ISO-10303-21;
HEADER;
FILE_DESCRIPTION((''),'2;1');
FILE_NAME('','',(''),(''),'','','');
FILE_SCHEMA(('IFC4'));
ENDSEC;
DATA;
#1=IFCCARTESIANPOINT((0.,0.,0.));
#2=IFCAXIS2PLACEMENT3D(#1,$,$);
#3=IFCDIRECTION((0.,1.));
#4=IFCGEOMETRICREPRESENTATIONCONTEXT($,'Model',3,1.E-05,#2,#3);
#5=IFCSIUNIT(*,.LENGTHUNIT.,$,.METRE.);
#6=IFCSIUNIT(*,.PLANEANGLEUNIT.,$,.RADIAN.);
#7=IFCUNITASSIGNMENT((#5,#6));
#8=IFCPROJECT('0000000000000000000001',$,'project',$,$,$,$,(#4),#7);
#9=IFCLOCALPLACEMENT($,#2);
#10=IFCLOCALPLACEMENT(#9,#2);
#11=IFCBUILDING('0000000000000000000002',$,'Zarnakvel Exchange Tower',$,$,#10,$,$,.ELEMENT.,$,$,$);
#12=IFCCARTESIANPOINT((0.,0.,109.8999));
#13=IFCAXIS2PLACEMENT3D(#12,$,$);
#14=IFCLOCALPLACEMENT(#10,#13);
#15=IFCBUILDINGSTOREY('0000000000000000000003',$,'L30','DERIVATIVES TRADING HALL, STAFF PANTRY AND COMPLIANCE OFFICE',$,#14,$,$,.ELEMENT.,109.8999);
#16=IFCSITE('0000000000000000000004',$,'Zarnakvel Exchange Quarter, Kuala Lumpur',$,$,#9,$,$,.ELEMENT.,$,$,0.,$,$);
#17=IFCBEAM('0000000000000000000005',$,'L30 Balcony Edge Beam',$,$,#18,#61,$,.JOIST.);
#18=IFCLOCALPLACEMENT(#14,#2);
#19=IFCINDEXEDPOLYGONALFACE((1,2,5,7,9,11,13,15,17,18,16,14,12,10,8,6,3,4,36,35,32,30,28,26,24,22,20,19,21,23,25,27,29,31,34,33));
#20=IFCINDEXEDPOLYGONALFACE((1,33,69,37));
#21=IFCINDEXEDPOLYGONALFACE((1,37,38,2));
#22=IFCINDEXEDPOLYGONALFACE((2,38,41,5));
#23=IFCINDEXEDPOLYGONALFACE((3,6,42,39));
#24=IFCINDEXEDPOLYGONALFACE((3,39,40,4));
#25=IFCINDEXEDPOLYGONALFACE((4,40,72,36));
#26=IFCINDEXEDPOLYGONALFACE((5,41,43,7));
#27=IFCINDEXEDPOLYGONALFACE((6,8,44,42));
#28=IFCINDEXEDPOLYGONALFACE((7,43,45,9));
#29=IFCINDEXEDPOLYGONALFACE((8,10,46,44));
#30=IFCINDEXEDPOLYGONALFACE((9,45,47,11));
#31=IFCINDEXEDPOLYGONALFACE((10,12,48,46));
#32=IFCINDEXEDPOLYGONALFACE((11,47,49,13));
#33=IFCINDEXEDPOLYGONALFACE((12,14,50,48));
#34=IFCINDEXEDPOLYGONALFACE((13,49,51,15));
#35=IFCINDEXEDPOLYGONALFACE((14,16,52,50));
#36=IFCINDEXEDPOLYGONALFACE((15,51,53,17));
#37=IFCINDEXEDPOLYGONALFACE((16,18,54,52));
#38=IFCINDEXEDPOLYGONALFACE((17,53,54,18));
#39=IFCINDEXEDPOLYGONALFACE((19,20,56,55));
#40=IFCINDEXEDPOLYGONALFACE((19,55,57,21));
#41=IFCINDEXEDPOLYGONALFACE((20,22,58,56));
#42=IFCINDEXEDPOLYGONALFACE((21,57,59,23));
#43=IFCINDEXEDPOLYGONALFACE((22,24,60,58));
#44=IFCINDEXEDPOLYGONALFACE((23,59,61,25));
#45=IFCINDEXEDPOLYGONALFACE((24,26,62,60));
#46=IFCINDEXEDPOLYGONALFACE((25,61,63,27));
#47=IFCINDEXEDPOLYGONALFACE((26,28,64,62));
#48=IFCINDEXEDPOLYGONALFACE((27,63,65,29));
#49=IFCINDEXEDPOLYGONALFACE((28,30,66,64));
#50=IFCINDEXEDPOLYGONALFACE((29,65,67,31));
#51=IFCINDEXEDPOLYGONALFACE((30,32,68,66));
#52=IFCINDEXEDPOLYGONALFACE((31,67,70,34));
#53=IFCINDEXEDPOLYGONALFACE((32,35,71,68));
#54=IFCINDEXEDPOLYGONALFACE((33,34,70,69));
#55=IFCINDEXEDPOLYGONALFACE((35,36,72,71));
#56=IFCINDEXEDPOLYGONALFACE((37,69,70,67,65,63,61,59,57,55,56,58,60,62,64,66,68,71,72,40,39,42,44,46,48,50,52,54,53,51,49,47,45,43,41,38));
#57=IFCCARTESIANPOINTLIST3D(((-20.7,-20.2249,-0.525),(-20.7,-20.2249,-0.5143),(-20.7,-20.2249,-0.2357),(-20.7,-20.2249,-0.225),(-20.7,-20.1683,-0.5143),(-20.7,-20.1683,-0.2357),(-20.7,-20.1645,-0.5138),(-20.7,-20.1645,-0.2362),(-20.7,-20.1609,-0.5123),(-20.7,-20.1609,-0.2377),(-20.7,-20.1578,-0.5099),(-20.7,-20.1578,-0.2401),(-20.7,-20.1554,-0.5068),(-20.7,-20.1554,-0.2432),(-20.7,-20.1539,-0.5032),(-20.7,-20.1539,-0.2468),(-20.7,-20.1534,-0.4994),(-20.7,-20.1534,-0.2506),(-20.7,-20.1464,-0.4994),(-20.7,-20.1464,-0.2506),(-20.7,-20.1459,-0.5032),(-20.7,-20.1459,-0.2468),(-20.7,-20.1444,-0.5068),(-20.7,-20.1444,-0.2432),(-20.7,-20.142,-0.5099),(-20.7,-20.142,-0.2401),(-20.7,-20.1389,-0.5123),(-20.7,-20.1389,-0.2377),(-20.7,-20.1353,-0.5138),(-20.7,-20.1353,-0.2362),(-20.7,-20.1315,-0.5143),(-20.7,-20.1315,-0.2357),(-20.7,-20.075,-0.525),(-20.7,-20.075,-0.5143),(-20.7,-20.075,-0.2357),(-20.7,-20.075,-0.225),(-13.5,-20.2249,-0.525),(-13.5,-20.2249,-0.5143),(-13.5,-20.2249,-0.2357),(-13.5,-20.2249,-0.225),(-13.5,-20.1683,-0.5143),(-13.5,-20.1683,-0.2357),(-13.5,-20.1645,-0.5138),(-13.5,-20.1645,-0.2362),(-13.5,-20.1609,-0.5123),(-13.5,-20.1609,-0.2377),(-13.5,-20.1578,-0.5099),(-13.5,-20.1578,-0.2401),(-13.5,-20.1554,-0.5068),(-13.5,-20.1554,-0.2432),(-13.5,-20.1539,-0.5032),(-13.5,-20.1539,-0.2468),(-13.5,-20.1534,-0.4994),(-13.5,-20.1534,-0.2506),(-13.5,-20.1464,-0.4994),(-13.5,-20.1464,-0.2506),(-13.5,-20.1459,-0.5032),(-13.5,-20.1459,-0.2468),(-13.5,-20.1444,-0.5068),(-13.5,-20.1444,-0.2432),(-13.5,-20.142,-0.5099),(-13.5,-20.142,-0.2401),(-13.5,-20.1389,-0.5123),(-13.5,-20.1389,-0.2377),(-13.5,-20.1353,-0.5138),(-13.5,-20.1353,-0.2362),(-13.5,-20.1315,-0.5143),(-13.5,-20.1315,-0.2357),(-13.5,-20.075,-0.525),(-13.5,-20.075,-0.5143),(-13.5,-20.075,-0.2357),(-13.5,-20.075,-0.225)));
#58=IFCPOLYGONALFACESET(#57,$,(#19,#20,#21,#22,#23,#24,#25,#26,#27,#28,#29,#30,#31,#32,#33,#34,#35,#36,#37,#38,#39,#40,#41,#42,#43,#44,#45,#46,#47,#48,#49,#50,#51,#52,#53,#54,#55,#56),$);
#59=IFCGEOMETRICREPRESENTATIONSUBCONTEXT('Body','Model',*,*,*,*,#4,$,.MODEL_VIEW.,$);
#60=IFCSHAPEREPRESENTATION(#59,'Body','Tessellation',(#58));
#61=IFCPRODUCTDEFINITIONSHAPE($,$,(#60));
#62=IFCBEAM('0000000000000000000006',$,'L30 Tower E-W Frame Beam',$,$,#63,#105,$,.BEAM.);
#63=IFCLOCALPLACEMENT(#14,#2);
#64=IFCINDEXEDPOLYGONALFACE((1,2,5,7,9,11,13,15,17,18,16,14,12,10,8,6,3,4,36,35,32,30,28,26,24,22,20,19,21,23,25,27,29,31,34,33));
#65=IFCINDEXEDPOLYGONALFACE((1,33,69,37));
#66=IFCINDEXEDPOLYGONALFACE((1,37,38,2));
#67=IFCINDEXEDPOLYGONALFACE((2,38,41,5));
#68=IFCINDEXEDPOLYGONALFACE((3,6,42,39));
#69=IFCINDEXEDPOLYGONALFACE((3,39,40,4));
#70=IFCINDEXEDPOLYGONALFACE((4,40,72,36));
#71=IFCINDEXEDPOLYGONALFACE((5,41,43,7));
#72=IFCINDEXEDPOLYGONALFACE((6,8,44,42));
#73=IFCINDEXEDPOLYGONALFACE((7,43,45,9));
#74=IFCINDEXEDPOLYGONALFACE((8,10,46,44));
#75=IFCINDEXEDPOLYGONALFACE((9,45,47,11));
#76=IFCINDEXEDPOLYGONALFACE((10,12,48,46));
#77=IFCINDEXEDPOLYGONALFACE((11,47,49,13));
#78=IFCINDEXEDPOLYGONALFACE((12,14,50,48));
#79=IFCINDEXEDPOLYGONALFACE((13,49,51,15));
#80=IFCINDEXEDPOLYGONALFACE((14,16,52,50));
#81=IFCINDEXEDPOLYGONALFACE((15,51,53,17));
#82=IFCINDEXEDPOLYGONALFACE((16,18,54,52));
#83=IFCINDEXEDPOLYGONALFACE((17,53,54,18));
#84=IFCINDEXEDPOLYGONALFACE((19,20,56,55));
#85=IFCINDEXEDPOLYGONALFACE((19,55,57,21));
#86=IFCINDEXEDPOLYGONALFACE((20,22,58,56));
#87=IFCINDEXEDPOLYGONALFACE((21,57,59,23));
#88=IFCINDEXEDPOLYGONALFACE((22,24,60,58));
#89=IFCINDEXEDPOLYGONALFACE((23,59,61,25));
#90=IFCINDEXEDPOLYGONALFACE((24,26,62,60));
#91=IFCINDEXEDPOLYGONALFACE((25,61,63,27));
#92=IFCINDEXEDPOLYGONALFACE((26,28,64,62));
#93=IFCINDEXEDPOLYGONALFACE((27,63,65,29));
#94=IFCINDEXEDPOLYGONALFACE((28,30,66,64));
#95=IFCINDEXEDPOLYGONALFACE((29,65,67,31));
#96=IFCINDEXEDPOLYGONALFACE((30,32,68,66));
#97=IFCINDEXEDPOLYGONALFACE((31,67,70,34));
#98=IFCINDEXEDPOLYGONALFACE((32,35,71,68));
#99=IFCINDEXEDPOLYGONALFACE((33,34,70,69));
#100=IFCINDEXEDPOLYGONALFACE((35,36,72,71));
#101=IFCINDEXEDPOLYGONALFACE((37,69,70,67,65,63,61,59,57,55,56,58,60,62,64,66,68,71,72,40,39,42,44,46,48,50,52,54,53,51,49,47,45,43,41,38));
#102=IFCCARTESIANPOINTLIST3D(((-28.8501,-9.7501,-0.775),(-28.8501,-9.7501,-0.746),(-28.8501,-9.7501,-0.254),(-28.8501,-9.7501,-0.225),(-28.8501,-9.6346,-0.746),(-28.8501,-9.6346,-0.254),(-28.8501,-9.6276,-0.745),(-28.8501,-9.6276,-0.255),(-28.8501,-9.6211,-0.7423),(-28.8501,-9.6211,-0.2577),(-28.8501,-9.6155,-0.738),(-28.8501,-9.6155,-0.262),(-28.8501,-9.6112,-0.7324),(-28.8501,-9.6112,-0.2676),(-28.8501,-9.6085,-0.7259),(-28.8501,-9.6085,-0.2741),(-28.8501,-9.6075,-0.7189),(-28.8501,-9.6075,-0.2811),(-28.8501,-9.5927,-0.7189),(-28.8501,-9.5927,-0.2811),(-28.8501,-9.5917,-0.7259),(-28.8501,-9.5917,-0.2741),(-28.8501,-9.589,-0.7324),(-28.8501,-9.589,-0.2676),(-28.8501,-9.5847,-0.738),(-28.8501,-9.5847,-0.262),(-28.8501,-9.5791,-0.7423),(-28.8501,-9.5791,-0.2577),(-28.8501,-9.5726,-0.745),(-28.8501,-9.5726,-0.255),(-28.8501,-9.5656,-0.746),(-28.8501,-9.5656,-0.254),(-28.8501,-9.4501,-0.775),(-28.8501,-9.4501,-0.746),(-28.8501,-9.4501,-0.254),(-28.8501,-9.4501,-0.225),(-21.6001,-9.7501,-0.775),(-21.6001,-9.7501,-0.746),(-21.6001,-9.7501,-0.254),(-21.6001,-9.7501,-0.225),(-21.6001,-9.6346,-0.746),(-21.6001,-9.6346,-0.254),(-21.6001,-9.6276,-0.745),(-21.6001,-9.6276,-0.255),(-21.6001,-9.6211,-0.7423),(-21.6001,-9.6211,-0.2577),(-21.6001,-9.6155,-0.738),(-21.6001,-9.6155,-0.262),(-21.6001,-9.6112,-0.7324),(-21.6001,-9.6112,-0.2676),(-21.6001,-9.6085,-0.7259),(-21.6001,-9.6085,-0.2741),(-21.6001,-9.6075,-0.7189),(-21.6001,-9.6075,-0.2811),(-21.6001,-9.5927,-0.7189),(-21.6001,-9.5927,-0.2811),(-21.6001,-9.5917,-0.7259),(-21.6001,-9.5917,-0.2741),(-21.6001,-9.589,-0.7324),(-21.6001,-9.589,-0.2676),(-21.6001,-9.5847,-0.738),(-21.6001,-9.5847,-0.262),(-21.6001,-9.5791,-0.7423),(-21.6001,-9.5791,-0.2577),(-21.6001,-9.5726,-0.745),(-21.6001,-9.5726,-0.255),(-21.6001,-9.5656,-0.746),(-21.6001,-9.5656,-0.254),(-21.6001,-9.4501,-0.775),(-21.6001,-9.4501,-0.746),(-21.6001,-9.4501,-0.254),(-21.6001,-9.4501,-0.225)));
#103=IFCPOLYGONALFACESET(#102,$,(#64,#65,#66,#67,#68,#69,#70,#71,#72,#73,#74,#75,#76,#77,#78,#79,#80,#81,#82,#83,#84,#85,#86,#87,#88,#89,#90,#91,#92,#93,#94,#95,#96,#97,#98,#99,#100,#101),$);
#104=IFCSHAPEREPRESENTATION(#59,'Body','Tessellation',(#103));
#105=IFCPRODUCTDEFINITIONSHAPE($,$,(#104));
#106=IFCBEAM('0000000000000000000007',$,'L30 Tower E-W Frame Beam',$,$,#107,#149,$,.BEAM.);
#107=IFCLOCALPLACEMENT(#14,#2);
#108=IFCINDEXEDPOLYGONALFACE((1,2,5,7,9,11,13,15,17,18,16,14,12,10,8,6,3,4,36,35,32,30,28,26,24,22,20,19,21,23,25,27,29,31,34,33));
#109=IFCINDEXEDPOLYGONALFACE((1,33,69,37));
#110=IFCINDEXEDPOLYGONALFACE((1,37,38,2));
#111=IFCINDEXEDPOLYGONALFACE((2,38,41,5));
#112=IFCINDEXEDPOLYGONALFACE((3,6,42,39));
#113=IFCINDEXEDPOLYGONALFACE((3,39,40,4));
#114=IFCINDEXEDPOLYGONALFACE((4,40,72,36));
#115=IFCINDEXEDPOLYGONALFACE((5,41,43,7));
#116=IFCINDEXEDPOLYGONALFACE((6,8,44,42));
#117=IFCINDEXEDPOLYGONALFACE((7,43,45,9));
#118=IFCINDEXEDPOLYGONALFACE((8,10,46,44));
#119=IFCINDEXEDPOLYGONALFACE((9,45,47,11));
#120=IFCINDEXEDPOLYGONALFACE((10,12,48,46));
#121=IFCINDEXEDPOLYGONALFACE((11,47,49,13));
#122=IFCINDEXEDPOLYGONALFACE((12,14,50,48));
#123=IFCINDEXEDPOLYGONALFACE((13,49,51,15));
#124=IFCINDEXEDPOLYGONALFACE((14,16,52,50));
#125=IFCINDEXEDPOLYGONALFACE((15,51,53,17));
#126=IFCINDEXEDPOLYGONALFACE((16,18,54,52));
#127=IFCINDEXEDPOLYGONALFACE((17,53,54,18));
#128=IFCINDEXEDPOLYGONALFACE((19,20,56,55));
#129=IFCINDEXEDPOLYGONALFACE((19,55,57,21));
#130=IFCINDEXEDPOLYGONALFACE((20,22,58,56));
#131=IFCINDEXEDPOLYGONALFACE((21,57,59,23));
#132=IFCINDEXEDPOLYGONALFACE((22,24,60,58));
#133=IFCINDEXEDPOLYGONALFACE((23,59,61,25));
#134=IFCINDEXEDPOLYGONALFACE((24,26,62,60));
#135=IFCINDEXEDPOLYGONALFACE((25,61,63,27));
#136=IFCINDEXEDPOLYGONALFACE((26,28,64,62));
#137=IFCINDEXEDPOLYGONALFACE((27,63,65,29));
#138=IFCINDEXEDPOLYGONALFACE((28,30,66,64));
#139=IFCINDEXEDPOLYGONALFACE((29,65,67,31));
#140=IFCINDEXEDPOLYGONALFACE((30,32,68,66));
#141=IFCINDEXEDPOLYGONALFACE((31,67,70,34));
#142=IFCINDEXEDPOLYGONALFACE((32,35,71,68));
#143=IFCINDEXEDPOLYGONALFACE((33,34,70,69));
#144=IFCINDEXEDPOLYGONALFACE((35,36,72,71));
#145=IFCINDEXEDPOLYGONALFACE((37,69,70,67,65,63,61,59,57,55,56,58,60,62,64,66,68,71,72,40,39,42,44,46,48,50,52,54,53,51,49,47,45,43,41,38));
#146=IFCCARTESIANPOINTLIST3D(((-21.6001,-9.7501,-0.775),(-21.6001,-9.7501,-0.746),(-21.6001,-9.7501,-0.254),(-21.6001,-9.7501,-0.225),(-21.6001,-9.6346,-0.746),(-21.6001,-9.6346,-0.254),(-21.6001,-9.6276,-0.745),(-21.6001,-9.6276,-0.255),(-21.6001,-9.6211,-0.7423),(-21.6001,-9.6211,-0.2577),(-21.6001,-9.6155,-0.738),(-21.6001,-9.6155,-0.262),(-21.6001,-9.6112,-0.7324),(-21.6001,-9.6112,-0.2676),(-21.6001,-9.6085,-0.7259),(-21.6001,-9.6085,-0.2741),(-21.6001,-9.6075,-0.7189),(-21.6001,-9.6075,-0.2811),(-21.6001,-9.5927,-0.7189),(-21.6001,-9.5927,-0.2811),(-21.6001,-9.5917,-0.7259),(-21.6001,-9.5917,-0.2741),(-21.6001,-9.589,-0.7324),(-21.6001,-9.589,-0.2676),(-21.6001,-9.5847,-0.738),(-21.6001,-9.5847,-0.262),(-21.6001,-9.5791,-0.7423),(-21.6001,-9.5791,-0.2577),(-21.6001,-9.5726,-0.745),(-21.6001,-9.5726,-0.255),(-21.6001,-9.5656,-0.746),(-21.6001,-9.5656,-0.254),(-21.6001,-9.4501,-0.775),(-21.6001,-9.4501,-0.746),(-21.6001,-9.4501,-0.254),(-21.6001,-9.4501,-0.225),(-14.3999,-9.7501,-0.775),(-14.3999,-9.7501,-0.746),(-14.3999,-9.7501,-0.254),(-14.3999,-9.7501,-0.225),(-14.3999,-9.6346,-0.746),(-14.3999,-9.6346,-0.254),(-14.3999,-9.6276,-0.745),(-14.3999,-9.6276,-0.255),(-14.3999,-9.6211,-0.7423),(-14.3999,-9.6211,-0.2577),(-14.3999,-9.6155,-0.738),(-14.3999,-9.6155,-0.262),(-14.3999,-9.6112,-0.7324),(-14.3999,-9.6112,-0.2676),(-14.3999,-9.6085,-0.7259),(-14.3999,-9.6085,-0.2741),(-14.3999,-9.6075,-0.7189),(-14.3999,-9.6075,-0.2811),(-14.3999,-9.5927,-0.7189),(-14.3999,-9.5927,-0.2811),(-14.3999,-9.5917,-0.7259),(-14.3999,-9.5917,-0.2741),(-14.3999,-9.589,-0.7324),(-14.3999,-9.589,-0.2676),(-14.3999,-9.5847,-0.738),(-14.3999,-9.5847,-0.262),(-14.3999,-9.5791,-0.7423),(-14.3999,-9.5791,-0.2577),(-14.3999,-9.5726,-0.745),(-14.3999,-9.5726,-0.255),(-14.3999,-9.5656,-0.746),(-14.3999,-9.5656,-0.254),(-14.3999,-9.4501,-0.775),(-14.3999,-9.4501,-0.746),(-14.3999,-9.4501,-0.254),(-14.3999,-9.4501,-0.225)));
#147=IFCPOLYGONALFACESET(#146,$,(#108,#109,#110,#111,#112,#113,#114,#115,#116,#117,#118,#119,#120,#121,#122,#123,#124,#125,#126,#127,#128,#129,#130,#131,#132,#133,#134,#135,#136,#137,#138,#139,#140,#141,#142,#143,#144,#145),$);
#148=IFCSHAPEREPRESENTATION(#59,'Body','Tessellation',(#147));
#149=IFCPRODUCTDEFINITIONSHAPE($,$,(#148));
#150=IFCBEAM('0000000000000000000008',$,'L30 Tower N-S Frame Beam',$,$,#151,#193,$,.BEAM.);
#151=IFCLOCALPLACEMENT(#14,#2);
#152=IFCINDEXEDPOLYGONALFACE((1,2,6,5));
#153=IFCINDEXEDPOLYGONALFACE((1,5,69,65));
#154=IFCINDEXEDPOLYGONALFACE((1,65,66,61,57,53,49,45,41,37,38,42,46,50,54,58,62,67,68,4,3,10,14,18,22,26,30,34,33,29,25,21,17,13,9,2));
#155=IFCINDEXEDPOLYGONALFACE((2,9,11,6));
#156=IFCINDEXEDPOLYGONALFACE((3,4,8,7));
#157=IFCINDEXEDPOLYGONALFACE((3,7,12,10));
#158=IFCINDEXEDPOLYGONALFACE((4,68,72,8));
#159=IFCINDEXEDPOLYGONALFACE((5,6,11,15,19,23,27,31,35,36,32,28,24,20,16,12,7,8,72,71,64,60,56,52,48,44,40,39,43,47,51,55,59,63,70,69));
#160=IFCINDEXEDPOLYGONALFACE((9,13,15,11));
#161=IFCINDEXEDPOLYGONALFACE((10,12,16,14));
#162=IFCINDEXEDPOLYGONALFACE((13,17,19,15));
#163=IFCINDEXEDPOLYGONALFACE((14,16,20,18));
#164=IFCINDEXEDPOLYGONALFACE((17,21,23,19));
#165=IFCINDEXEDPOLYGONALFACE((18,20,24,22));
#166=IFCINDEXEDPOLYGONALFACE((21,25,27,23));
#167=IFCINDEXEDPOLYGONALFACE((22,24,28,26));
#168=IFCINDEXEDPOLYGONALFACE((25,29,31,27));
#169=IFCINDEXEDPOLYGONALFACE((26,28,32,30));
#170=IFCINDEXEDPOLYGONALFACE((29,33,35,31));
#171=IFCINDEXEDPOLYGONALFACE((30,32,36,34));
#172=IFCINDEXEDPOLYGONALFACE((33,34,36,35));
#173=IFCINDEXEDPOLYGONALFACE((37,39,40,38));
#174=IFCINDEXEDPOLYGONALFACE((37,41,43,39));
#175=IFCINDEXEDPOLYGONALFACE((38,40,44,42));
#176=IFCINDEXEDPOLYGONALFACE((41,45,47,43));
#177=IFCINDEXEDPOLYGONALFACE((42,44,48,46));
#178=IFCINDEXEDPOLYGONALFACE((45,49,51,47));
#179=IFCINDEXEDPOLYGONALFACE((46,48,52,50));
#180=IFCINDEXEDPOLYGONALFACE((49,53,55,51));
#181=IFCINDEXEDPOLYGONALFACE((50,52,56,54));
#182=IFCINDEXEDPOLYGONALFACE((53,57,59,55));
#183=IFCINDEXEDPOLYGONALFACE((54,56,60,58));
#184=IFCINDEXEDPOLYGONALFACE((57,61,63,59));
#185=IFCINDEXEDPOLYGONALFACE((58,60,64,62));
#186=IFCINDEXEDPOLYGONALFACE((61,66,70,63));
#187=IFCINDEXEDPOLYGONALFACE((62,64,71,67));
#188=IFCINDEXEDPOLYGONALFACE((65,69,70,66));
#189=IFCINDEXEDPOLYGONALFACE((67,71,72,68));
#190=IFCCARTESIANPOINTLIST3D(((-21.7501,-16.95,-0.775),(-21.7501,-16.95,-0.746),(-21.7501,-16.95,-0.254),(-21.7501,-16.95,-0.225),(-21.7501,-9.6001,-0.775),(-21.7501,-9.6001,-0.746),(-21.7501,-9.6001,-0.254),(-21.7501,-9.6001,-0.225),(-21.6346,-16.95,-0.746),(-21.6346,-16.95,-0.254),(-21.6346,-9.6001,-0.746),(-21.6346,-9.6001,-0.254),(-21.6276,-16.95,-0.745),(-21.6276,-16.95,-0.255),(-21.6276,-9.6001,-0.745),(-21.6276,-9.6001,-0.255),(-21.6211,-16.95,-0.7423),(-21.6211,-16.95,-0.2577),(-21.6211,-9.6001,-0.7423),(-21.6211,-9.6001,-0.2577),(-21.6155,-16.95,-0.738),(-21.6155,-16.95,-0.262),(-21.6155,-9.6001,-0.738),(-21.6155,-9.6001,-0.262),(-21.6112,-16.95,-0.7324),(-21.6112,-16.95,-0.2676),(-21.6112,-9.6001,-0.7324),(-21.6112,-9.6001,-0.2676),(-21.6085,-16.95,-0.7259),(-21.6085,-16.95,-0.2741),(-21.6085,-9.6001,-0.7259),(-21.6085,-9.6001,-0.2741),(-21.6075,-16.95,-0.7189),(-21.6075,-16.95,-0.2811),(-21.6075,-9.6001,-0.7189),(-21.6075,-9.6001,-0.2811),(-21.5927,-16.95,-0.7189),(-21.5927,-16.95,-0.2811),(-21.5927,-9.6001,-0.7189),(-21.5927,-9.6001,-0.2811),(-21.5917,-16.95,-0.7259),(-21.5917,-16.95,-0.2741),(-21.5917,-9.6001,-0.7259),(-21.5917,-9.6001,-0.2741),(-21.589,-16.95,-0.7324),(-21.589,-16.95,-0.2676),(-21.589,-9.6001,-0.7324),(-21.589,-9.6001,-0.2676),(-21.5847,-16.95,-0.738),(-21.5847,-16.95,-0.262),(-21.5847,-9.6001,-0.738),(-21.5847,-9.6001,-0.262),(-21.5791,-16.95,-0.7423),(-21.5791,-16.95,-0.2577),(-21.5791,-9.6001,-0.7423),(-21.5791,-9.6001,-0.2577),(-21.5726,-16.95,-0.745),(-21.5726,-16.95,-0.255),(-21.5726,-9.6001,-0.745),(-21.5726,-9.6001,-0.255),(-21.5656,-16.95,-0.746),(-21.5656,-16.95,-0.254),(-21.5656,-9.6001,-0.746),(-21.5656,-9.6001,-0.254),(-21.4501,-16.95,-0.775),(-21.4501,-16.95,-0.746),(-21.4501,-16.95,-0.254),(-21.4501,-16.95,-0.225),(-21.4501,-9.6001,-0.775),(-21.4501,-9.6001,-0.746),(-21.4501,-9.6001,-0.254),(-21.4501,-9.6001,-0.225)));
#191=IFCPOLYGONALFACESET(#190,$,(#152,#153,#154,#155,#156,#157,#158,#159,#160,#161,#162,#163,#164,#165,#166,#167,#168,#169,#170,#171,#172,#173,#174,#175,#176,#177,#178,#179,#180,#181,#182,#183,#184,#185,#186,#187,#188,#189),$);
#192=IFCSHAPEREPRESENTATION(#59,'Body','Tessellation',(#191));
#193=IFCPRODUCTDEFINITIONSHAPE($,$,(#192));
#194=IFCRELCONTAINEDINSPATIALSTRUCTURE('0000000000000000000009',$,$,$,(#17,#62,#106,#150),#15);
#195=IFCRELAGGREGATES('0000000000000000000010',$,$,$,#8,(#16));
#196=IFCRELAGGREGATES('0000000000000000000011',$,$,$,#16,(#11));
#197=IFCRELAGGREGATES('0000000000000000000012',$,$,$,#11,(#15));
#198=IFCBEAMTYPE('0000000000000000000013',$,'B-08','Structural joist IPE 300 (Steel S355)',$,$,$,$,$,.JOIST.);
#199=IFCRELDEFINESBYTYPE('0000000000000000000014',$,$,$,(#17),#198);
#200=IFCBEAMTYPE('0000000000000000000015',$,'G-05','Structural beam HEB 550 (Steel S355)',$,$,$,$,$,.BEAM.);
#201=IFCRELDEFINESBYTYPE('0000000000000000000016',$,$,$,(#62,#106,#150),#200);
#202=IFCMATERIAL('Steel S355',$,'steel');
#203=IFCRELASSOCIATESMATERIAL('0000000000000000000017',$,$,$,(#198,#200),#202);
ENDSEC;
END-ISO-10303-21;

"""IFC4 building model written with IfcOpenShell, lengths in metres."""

from ifc_helpers import new_model, si_unit, direction, frame, origin, origin_2d, place, context, subcontext, project, spatial, i_section, extrude, material, material_profile, profile_set, type_object, element, save


model = new_model("IFC4")

# Units and contexts
model_context = context("Model", 3, precision=1e-05, world=origin(), true_north=direction((0.0, 1.0)))
body_context = subcontext(model_context, "Body", "Model", "MODEL_VIEW")
ifc_project = project(units=[si_unit("LENGTHUNIT", "METRE"), si_unit("PLANEANGLEUNIT", "RADIAN")], contexts=[model_context])

# Site, building, storey
site_placement = place(None, origin())
site = spatial("IfcSite", under=ifc_project, at=site_placement, Name="Zarnakvel Exchange Quarter, Kuala Lumpur", CompositionType="ELEMENT", RefElevation=0.0)
building_placement = place(site_placement, origin())
building = spatial("IfcBuilding", under=site, at=building_placement, Name="Zarnakvel Exchange Tower", CompositionType="ELEMENT")
storey_placement = place(building_placement, frame((0.0, 0.0, 109.8999)))
storey = spatial("IfcBuildingStorey", under=building, at=storey_placement, Name="L30", Description="DERIVATIVES TRADING HALL, STAFF PANTRY AND COMPLIANCE OFFICE", CompositionType="ELEMENT", Elevation=109.8999)

# Shared definitions
ifc_material_1 = material(Name="Steel S355", Category="steel")

# Beams
ifc_material_profile_1 = material_profile(ifc_material_1, i_section(OverallWidth=0.1499, OverallDepth=0.3, WebThickness=0.0071, FlangeThickness=0.0107, FilletRadius=0.0149, at=origin_2d()))
ifc_profile_set_1 = profile_set([ifc_material_profile_1], Name="Steel S355")
beam_type_1 = type_object("IfcBeamType", Name="B-08", Description="Structural joist IPE 300 (Steel S355)", PredefinedType="JOIST", material=ifc_profile_set_1)
beam_1_placement = place(storey_placement, frame((-20.7, -20.1499, -0.375), z_axis=(1.0, 0.0, 0.0), x_axis=(0.0, 1.0, 0.0)))
element("IfcBeam", 1, at=beam_1_placement, inside=storey, type_object=beam_type_1, Name="L30 Balcony Edge Beam", PredefinedType="JOIST", context=body_context, shape_type="SweptSolid", body=[
    extrude(i_section(OverallWidth=0.1499, OverallDepth=0.3, WebThickness=0.0071, FlangeThickness=0.0107, FilletRadius=0.0149, at=origin_2d()), origin(), (0.0, 0.0, 1.0), 7.2),
])
ifc_material_profile_2 = material_profile(ifc_material_1, i_section(OverallWidth=0.3, OverallDepth=0.55, WebThickness=0.0149, FlangeThickness=0.0291, FilletRadius=0.0271, at=origin_2d()))
ifc_profile_set_2 = profile_set([ifc_material_profile_2], Name="Steel S355")
beam_type_2 = type_object("IfcBeamType", Name="G-05", Description="Structural beam HEB 550 (Steel S355)", PredefinedType="BEAM", material=ifc_profile_set_2)
beam_2_placement = place(storey_placement, frame((-28.8501, -9.6001, -0.5), z_axis=(1.0, 0.0, 0.0), x_axis=(0.0, 1.0, 0.0)))
element("IfcBeam", 2, at=beam_2_placement, inside=storey, type_object=beam_type_2, Name="L30 Tower E-W Frame Beam", PredefinedType="BEAM", context=body_context, shape_type="SweptSolid", body=[
    extrude(i_section(OverallWidth=0.3, OverallDepth=0.55, WebThickness=0.0149, FlangeThickness=0.0291, FilletRadius=0.0271, at=origin_2d()), origin(), (0.0, 0.0, 1.0), 7.25),
])
beam_3_placement = place(storey_placement, frame((-21.6001, -9.6001, -0.5), z_axis=(1.0, 0.0, 0.0), x_axis=(0.0, 1.0, 0.0)))
element("IfcBeam", 3, at=beam_3_placement, inside=storey, type_object=beam_type_2, Name="L30 Tower E-W Frame Beam", PredefinedType="BEAM", context=body_context, shape_type="SweptSolid", body=[
    extrude(i_section(OverallWidth=0.3, OverallDepth=0.55, WebThickness=0.0149, FlangeThickness=0.0291, FilletRadius=0.0271, at=origin_2d()), origin(), (0.0, 0.0, 1.0), 7.2002),
])
beam_4_placement = place(storey_placement, frame((-21.6001, -16.95, -0.5), z_axis=(0.0, 1.0, 0.0), x_axis=(-1.0, 0.0, 0.0)))
element("IfcBeam", 4, at=beam_4_placement, inside=storey, type_object=beam_type_2, Name="L30 Tower N-S Frame Beam", PredefinedType="BEAM", context=body_context, shape_type="SweptSolid", body=[
    extrude(i_section(OverallWidth=0.3, OverallDepth=0.55, WebThickness=0.0149, FlangeThickness=0.0291, FilletRadius=0.0271, at=origin_2d()), origin(), (0.0, 0.0, 1.0), 7.3499),
])

save(model, "model.ifc")
